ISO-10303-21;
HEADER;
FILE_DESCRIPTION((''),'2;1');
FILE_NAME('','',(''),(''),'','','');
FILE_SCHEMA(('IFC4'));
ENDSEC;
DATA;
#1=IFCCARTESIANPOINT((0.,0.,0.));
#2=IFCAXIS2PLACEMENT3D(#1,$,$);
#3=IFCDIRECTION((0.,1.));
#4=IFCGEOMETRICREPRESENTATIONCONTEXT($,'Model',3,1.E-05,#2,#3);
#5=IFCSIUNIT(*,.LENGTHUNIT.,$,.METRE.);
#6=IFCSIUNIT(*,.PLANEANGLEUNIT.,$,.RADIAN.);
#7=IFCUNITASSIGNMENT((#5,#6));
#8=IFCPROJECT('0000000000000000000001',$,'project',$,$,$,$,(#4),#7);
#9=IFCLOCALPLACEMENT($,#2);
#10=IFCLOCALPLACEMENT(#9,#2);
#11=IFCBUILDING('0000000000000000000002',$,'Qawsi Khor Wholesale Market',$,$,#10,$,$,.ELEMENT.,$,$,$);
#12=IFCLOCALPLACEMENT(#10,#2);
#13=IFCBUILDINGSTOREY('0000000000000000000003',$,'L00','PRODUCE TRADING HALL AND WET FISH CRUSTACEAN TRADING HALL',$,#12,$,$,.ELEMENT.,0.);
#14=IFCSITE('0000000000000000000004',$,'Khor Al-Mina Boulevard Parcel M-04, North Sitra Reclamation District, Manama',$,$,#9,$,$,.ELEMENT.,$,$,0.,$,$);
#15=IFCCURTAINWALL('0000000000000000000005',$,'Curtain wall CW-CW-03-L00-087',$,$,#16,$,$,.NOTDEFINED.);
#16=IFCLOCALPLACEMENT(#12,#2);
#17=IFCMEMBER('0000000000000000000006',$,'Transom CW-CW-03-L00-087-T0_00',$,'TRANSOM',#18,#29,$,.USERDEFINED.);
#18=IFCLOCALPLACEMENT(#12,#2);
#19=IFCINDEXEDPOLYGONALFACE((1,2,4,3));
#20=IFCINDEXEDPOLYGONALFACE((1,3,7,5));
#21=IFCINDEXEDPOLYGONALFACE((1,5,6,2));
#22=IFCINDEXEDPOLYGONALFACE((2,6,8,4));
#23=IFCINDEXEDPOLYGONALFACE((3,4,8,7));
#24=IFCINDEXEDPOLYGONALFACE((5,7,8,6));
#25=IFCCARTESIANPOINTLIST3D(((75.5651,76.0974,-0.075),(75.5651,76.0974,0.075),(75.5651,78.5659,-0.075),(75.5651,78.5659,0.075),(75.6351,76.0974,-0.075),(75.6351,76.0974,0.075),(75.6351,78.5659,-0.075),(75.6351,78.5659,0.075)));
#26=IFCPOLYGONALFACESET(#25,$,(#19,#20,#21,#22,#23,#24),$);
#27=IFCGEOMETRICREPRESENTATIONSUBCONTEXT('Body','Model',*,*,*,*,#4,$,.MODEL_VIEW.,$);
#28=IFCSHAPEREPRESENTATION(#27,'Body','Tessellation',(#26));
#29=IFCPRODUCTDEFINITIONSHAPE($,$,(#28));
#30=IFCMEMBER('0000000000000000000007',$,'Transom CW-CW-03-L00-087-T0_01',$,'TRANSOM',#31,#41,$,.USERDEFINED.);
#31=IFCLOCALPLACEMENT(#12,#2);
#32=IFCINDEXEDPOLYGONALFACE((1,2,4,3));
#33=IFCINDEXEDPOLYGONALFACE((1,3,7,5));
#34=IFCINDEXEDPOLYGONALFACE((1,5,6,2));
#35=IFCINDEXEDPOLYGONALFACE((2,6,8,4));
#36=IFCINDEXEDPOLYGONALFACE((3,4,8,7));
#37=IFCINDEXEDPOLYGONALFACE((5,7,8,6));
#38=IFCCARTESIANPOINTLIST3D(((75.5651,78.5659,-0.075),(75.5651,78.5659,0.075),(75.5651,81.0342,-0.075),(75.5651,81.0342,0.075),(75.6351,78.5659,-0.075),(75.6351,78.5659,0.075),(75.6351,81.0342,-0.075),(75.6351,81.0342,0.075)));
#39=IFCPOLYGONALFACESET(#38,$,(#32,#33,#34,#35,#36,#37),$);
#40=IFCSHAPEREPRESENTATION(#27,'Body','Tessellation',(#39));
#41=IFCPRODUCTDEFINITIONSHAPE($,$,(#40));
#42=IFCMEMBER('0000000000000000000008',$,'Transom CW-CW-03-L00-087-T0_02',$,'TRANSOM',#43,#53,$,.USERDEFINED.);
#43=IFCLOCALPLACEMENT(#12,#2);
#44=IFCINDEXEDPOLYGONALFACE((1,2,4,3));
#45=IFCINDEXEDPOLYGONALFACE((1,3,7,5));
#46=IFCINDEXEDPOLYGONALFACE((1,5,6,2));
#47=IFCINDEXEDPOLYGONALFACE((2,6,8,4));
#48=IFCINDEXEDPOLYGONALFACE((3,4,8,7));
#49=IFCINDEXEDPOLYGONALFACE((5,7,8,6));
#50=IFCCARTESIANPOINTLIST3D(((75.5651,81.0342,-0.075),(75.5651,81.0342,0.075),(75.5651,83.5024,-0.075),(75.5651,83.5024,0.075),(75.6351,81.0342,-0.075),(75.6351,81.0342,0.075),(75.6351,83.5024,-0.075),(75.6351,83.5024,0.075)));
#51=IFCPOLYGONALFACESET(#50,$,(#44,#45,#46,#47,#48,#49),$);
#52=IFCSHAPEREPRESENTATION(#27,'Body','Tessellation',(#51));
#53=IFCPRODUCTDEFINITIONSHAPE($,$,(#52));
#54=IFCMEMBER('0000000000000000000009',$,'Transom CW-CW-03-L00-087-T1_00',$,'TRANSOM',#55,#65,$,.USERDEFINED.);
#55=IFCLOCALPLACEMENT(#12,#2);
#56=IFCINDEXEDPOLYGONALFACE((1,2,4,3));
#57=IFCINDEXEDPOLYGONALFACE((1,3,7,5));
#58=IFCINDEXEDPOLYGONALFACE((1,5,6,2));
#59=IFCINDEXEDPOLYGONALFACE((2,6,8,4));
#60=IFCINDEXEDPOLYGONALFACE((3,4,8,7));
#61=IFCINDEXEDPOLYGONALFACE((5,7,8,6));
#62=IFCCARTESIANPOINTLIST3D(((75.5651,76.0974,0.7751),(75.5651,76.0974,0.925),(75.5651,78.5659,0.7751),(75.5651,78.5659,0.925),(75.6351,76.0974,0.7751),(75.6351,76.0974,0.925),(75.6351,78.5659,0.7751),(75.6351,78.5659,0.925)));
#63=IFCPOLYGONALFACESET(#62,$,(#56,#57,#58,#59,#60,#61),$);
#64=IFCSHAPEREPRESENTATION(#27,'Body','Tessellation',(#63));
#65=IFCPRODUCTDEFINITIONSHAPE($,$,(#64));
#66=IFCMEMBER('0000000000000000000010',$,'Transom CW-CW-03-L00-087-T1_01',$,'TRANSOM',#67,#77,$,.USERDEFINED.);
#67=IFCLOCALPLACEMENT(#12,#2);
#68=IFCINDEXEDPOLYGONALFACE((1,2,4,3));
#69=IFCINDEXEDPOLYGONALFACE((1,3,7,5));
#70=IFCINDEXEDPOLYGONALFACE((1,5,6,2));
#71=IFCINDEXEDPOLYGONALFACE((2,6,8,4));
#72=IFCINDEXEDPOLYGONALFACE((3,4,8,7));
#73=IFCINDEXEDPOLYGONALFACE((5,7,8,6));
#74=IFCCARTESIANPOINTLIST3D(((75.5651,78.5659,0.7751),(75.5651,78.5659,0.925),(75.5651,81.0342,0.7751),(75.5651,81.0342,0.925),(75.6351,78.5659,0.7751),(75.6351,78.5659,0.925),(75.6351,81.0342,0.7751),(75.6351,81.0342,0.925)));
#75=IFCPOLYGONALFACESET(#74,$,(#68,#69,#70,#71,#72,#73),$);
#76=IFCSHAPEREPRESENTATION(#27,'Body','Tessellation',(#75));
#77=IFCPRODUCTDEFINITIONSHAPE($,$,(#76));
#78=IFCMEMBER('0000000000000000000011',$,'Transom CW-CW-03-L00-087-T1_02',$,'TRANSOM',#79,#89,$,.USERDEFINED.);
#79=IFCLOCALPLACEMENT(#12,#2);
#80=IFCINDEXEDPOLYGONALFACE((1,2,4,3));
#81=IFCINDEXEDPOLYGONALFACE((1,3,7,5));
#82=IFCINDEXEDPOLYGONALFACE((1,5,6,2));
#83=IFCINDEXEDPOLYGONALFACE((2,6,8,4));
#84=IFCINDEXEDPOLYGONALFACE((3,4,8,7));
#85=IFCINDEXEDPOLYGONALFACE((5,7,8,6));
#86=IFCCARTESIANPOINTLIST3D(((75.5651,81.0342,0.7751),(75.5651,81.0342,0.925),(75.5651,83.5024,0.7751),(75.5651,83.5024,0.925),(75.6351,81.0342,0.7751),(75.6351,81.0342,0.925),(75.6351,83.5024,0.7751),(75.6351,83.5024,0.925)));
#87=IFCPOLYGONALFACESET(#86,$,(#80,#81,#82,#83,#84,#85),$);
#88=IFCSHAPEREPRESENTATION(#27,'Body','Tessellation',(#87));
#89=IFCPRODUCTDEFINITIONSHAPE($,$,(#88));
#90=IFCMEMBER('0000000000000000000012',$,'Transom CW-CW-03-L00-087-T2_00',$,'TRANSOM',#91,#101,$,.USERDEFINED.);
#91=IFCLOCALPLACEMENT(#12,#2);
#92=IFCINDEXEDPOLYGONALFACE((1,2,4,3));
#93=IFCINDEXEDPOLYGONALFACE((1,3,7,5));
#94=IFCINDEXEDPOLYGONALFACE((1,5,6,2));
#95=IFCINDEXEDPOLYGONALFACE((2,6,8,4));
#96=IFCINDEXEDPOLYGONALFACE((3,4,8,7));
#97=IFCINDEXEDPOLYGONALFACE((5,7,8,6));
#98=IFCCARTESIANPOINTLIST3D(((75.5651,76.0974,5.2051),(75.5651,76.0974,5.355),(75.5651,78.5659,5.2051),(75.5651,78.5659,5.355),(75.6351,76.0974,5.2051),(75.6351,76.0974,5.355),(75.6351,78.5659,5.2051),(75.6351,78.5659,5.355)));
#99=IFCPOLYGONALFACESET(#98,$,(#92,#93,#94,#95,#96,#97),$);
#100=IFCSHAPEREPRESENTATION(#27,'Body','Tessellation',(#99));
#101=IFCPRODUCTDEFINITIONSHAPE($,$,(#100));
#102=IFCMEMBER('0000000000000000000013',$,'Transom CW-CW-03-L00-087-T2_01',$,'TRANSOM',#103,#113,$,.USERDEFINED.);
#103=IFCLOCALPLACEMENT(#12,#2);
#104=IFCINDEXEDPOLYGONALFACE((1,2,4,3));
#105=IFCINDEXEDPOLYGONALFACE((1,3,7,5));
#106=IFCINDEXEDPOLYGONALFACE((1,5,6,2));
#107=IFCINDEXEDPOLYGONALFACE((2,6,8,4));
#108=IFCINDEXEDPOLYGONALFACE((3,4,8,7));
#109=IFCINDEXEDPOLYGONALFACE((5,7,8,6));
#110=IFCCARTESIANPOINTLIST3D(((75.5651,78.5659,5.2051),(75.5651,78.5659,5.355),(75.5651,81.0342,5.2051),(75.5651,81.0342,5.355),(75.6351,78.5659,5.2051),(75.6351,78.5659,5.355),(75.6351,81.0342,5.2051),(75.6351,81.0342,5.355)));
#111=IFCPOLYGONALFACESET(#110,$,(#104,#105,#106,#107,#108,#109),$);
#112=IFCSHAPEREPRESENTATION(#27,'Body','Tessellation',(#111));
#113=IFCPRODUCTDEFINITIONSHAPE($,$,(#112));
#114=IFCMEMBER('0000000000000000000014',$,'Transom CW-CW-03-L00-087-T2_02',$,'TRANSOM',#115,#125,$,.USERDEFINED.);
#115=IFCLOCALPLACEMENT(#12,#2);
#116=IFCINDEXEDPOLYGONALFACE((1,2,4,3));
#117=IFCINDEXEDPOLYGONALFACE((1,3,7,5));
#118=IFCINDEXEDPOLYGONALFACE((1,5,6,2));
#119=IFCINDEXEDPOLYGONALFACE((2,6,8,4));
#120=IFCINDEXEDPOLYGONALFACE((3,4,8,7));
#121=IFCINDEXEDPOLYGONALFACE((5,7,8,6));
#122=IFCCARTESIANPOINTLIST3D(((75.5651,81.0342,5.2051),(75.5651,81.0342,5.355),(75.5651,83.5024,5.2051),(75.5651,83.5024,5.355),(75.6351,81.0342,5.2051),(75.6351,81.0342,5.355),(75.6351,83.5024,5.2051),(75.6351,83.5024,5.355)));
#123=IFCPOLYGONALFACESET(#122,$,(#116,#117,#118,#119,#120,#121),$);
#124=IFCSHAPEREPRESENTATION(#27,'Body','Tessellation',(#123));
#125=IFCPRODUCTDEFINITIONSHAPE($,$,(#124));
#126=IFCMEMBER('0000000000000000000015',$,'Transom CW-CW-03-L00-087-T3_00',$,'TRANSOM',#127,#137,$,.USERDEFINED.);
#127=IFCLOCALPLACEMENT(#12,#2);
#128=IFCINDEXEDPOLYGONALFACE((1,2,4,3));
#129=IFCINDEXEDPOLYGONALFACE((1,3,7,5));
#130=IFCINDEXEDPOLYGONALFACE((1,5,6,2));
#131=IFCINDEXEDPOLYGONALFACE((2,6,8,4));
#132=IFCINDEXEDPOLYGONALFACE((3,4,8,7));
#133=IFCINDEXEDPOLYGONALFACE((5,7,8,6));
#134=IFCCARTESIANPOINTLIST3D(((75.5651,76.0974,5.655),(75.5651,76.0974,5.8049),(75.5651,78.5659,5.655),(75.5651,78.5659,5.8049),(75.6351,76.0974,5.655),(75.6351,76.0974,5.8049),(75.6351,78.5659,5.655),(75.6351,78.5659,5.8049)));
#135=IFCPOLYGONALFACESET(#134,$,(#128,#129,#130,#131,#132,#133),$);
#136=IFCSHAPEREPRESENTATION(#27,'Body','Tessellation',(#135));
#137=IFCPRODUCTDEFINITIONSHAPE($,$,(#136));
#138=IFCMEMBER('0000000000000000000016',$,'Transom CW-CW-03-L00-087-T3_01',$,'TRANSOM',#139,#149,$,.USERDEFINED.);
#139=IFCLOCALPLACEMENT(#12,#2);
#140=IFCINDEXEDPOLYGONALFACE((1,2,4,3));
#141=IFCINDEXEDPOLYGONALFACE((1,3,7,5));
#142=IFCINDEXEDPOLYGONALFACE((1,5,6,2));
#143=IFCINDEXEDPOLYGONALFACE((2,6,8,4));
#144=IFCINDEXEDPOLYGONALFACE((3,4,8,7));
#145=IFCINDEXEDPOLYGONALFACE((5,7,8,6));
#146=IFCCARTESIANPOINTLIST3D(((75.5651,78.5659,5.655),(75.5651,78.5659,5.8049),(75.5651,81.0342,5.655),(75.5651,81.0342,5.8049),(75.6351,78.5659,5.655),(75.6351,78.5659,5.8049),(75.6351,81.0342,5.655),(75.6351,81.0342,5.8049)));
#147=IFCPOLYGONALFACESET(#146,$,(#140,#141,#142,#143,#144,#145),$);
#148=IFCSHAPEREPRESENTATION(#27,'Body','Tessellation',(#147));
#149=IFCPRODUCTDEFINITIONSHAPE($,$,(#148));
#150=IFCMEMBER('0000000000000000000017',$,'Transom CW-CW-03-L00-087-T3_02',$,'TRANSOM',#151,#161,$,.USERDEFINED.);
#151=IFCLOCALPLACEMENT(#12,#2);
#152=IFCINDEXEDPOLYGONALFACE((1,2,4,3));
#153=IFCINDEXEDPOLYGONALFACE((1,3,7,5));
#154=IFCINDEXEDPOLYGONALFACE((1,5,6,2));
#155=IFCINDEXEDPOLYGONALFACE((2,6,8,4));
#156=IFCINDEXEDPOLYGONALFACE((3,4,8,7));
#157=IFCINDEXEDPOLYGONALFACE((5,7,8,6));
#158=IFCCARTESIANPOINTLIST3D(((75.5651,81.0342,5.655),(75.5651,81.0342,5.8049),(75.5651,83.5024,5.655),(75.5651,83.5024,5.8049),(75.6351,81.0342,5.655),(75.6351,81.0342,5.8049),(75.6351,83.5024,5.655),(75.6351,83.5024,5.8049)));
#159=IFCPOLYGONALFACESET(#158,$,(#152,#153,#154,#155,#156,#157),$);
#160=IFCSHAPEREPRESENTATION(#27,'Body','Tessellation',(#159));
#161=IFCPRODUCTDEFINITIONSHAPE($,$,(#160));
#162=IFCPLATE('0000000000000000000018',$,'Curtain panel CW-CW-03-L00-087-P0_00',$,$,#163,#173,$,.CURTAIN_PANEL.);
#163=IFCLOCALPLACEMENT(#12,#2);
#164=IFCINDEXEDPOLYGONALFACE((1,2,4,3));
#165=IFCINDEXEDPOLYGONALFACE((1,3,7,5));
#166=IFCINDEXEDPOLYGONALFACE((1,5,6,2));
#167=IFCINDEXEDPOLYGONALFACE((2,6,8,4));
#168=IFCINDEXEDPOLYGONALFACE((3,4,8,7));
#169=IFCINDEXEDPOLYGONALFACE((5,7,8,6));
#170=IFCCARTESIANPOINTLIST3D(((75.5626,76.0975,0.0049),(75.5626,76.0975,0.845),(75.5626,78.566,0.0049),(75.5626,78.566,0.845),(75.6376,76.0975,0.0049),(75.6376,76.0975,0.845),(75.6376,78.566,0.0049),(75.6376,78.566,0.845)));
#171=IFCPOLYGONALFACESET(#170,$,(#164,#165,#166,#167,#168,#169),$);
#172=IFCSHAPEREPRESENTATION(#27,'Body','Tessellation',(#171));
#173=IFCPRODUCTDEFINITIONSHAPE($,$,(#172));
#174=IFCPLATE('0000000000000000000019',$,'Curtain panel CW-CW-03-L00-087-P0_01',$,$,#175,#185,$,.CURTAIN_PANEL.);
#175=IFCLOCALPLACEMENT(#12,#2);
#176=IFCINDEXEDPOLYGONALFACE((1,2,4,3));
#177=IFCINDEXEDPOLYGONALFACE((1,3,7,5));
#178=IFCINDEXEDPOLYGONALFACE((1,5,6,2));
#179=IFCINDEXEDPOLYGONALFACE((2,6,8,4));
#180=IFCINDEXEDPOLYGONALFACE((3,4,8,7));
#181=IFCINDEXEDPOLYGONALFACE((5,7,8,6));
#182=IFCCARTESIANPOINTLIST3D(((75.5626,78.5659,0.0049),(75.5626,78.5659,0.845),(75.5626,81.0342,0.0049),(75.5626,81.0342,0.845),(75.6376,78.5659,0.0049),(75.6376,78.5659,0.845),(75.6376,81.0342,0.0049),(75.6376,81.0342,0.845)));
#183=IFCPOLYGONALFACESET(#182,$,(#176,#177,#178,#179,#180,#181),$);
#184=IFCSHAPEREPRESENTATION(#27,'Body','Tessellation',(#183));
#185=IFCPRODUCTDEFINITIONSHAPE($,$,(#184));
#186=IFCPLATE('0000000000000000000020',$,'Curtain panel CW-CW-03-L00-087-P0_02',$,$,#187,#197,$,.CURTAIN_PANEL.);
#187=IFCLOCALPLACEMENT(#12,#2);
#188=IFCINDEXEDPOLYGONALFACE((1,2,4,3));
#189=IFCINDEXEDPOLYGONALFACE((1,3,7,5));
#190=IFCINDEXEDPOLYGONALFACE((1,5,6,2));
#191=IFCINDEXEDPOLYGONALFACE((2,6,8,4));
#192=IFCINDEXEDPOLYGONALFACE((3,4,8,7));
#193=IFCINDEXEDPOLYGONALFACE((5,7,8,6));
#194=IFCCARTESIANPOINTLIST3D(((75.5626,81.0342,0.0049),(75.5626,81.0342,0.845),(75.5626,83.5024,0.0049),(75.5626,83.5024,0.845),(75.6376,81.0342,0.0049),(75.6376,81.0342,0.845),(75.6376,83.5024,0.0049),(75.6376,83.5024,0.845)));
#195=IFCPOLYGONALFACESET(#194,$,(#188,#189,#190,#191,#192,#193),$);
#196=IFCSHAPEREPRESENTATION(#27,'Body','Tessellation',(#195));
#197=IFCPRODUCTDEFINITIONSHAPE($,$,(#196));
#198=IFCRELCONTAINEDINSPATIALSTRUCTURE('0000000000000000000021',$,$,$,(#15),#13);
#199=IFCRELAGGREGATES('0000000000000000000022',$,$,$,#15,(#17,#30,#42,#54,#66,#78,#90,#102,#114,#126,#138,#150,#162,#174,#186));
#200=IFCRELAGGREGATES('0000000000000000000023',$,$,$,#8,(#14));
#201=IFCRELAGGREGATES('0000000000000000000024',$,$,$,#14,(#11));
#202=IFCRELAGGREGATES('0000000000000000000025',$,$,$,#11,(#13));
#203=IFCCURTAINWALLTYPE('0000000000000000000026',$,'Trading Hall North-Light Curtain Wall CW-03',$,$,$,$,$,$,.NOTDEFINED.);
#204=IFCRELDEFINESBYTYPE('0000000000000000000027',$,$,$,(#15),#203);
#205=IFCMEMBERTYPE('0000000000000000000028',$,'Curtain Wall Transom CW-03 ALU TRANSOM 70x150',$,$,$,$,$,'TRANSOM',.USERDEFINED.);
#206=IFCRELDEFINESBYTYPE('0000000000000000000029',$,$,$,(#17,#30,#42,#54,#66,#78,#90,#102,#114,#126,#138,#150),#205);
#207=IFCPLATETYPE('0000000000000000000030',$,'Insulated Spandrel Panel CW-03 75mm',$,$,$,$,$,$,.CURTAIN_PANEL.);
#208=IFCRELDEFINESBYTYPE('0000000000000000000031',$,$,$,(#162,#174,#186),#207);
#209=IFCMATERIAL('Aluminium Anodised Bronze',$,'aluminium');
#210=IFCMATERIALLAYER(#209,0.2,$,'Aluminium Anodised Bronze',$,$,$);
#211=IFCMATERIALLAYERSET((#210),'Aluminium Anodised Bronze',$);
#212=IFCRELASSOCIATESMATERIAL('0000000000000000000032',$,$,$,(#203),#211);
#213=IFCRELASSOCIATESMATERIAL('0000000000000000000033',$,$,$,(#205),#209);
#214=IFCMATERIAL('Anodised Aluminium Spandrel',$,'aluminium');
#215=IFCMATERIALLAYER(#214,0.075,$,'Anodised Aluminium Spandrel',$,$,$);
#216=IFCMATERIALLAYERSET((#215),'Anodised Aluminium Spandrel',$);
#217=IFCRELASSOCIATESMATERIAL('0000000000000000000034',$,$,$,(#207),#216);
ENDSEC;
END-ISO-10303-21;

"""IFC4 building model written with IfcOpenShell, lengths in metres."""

from ifc_helpers import new_model, si_unit, direction, frame, frame_2d, origin, origin_2d, place, context, subcontext, project, spatial, rectangle, extrude, material, layer, layer_set, material_profile, profile_set, type_object, element, aggregate, save


model = new_model("IFC4")

# Units and contexts
model_context = context("Model", 3, precision=1e-05, world=origin(), true_north=direction((0.0, 1.0)))
body_context = subcontext(model_context, "Body", "Model", "MODEL_VIEW")
ifc_project = project(units=[si_unit("LENGTHUNIT", "METRE"), si_unit("PLANEANGLEUNIT", "RADIAN")], contexts=[model_context])

# Site, building, storey
site_placement = place(None, origin())
site = spatial("IfcSite", under=ifc_project, at=site_placement, Name="Khor Al-Mina Boulevard Parcel M-04, North Sitra Reclamation District, Manama", CompositionType="ELEMENT", RefElevation=0.0)
building_placement = place(site_placement, origin())
building = spatial("IfcBuilding", under=site, at=building_placement, Name="Qawsi Khor Wholesale Market", CompositionType="ELEMENT")
storey_placement = place(building_placement, origin())
storey = spatial("IfcBuildingStorey", under=building, at=storey_placement, Name="L00", Description="PRODUCE TRADING HALL AND WET FISH CRUSTACEAN TRADING HALL", CompositionType="ELEMENT", Elevation=0.0)

# Curtain wall, members, plates
ifc_material_1 = material(Name="Aluminium Anodised Bronze", Category="aluminium")
ifc_layer_1 = layer(ifc_material_1, 0.2, Name="Aluminium Anodised Bronze")
ifc_layer_set_1 = layer_set([ifc_layer_1], Name="Aluminium Anodised Bronze")
curtain_wall_type = type_object("IfcCurtainWallType", Name="Trading Hall North-Light Curtain Wall CW-03", PredefinedType="NOTDEFINED", material=ifc_layer_set_1)
curtain_wall_placement = place(storey_placement, origin())
curtain_wall = element("IfcCurtainWall", 1, at=curtain_wall_placement, inside=storey, type_object=curtain_wall_type, Name="Curtain wall CW-CW-03-L00-087", PredefinedType="NOTDEFINED")
ifc_material_profile_1 = material_profile(ifc_material_1, rectangle(XDim=0.0701, YDim=0.1499, at=origin_2d()), Name="ALU TRANSOM 70x150")
ifc_profile_set_1 = profile_set([ifc_material_profile_1], Name="Aluminium Anodised Bronze")
member_type_1 = type_object("IfcMemberType", Name="Curtain Wall Transom CW-03 ALU TRANSOM 70x150", ElementType="TRANSOM", PredefinedType="USERDEFINED", material=ifc_profile_set_1)
member_1_placement = place(storey_placement, frame((75.6001, 76.0974, 0.0), z_axis=(0.0, 1.0, 0.0), x_axis=(-1.0, 0.0, 0.0)))
member_1 = element("IfcMember", 2, at=member_1_placement, type_object=member_type_1, Name="Transom CW-CW-03-L00-087-T0_00", ObjectType="TRANSOM", PredefinedType="USERDEFINED", context=body_context, shape_type="SweptSolid", body=[
    extrude(rectangle(XDim=0.0701, YDim=0.1499, at=origin_2d()), origin(), (0.0, 0.0, 1.0), 2.4685),
])
member_2_placement = place(storey_placement, frame((75.6001, 78.5659, 0.0), z_axis=(0.0, 1.0, 0.0), x_axis=(-1.0, 0.0, 0.0)))
member_2 = element("IfcMember", 3, at=member_2_placement, type_object=member_type_1, Name="Transom CW-CW-03-L00-087-T0_01", ObjectType="TRANSOM", PredefinedType="USERDEFINED", context=body_context, shape_type="SweptSolid", body=[
    extrude(rectangle(XDim=0.0701, YDim=0.1499, at=origin_2d()), origin(), (0.0, 0.0, 1.0), 2.4683),
])
member_3_placement = place(storey_placement, frame((75.6001, 81.0342, 0.0), z_axis=(0.0, 1.0, 0.0), x_axis=(-1.0, 0.0, 0.0)))
member_3 = element("IfcMember", 4, at=member_3_placement, type_object=member_type_1, Name="Transom CW-CW-03-L00-087-T0_02", ObjectType="TRANSOM", PredefinedType="USERDEFINED", context=body_context, shape_type="SweptSolid", body=[
    extrude(rectangle(XDim=0.0701, YDim=0.1499, at=origin_2d()), origin(), (0.0, 0.0, 1.0), 2.4683),
])
member_4_placement = place(storey_placement, frame((75.6001, 76.0974, 0.8501), z_axis=(0.0, 1.0, 0.0), x_axis=(-1.0, 0.0, 0.0)))
member_4 = element("IfcMember", 5, at=member_4_placement, type_object=member_type_1, Name="Transom CW-CW-03-L00-087-T1_00", ObjectType="TRANSOM", PredefinedType="USERDEFINED", context=body_context, shape_type="SweptSolid", body=[
    extrude(rectangle(XDim=0.0701, YDim=0.1499, at=origin_2d()), origin(), (0.0, 0.0, 1.0), 2.4685),
])
member_5_placement = place(storey_placement, frame((75.6001, 78.5659, 0.8501), z_axis=(0.0, 1.0, 0.0), x_axis=(-1.0, 0.0, 0.0)))
member_5 = element("IfcMember", 6, at=member_5_placement, type_object=member_type_1, Name="Transom CW-CW-03-L00-087-T1_01", ObjectType="TRANSOM", PredefinedType="USERDEFINED", context=body_context, shape_type="SweptSolid", body=[
    extrude(rectangle(XDim=0.0701, YDim=0.1499, at=origin_2d()), origin(), (0.0, 0.0, 1.0), 2.4683),
])
member_6_placement = place(storey_placement, frame((75.6001, 81.0342, 0.8501), z_axis=(0.0, 1.0, 0.0), x_axis=(-1.0, 0.0, 0.0)))
member_6 = element("IfcMember", 7, at=member_6_placement, type_object=member_type_1, Name="Transom CW-CW-03-L00-087-T1_02", ObjectType="TRANSOM", PredefinedType="USERDEFINED", context=body_context, shape_type="SweptSolid", body=[
    extrude(rectangle(XDim=0.0701, YDim=0.1499, at=origin_2d()), origin(), (0.0, 0.0, 1.0), 2.4683),
])
member_7_placement = place(storey_placement, frame((75.6001, 76.0974, 5.28), z_axis=(0.0, 1.0, 0.0), x_axis=(-1.0, 0.0, 0.0)))
member_7 = element("IfcMember", 8, at=member_7_placement, type_object=member_type_1, Name="Transom CW-CW-03-L00-087-T2_00", ObjectType="TRANSOM", PredefinedType="USERDEFINED", context=body_context, shape_type="SweptSolid", body=[
    extrude(rectangle(XDim=0.0701, YDim=0.1499, at=origin_2d()), origin(), (0.0, 0.0, 1.0), 2.4685),
])
member_8_placement = place(storey_placement, frame((75.6001, 78.5659, 5.28), z_axis=(0.0, 1.0, 0.0), x_axis=(-1.0, 0.0, 0.0)))
member_8 = element("IfcMember", 9, at=member_8_placement, type_object=member_type_1, Name="Transom CW-CW-03-L00-087-T2_01", ObjectType="TRANSOM", PredefinedType="USERDEFINED", context=body_context, shape_type="SweptSolid", body=[
    extrude(rectangle(XDim=0.0701, YDim=0.1499, at=origin_2d()), origin(), (0.0, 0.0, 1.0), 2.4683),
])
member_9_placement = place(storey_placement, frame((75.6001, 81.0342, 5.28), z_axis=(0.0, 1.0, 0.0), x_axis=(-1.0, 0.0, 0.0)))
member_9 = element("IfcMember", 10, at=member_9_placement, type_object=member_type_1, Name="Transom CW-CW-03-L00-087-T2_02", ObjectType="TRANSOM", PredefinedType="USERDEFINED", context=body_context, shape_type="SweptSolid", body=[
    extrude(rectangle(XDim=0.0701, YDim=0.1499, at=origin_2d()), origin(), (0.0, 0.0, 1.0), 2.4683),
])
member_10_placement = place(storey_placement, frame((75.6001, 76.0974, 5.73), z_axis=(0.0, 1.0, 0.0), x_axis=(-1.0, 0.0, 0.0)))
member_10 = element("IfcMember", 11, at=member_10_placement, type_object=member_type_1, Name="Transom CW-CW-03-L00-087-T3_00", ObjectType="TRANSOM", PredefinedType="USERDEFINED", context=body_context, shape_type="SweptSolid", body=[
    extrude(rectangle(XDim=0.0701, YDim=0.1499, at=origin_2d()), origin(), (0.0, 0.0, 1.0), 2.4685),
])
member_11_placement = place(storey_placement, frame((75.6001, 78.5659, 5.73), z_axis=(0.0, 1.0, 0.0), x_axis=(-1.0, 0.0, 0.0)))
member_11 = element("IfcMember", 12, at=member_11_placement, type_object=member_type_1, Name="Transom CW-CW-03-L00-087-T3_01", ObjectType="TRANSOM", PredefinedType="USERDEFINED", context=body_context, shape_type="SweptSolid", body=[
    extrude(rectangle(XDim=0.0701, YDim=0.1499, at=origin_2d()), origin(), (0.0, 0.0, 1.0), 2.4683),
])
member_12_placement = place(storey_placement, frame((75.6001, 81.0342, 5.73), z_axis=(0.0, 1.0, 0.0), x_axis=(-1.0, 0.0, 0.0)))
member_12 = element("IfcMember", 13, at=member_12_placement, type_object=member_type_1, Name="Transom CW-CW-03-L00-087-T3_02", ObjectType="TRANSOM", PredefinedType="USERDEFINED", context=body_context, shape_type="SweptSolid", body=[
    extrude(rectangle(XDim=0.0701, YDim=0.1499, at=origin_2d()), origin(), (0.0, 0.0, 1.0), 2.4683),
])
ifc_material_2 = material(Name="Anodised Aluminium Spandrel", Category="aluminium")
ifc_layer_2 = layer(ifc_material_2, 0.075, Name="Anodised Aluminium Spandrel")
ifc_layer_set_2 = layer_set([ifc_layer_2], Name="Anodised Aluminium Spandrel")
plate_type_1 = type_object("IfcPlateType", Name="Insulated Spandrel Panel CW-03 75mm", PredefinedType="CURTAIN_PANEL", material=ifc_layer_set_2)
plate_1_placement = place(storey_placement, frame((75.6001, 76.0974, 0.0049), z_axis=(0.0, 0.0, 1.0), x_axis=(0.0, 1.0, 0.0)))
plate_1 = element("IfcPlate", 14, at=plate_1_placement, type_object=plate_type_1, Name="Curtain panel CW-CW-03-L00-087-P0_00", PredefinedType="CURTAIN_PANEL", context=body_context, shape_type="SweptSolid", body=[
    extrude(rectangle(XDim=2.4685, YDim=0.075, at=frame_2d((1.2344, 0.0))), origin(), (0.0, 0.0, 1.0), 0.8401),
])
plate_2_placement = place(storey_placement, frame((75.6001, 78.5659, 0.0049), z_axis=(0.0, 0.0, 1.0), x_axis=(0.0, 1.0, 0.0)))
plate_2 = element("IfcPlate", 15, at=plate_2_placement, type_object=plate_type_1, Name="Curtain panel CW-CW-03-L00-087-P0_01", PredefinedType="CURTAIN_PANEL", context=body_context, shape_type="SweptSolid", body=[
    extrude(rectangle(XDim=2.4683, YDim=0.075, at=frame_2d((1.2341, 0.0))), origin(), (0.0, 0.0, 1.0), 0.8401),
])
plate_3_placement = place(storey_placement, frame((75.6001, 81.0342, 0.0049), z_axis=(0.0, 0.0, 1.0), x_axis=(0.0, 1.0, 0.0)))
plate_3 = element("IfcPlate", 16, at=plate_3_placement, type_object=plate_type_1, Name="Curtain panel CW-CW-03-L00-087-P0_02", PredefinedType="CURTAIN_PANEL", context=body_context, shape_type="SweptSolid", body=[
    extrude(rectangle(XDim=2.4683, YDim=0.075, at=frame_2d((1.2341, 0.0))), origin(), (0.0, 0.0, 1.0), 0.8401),
])
aggregate(curtain_wall, [member_1, member_2, member_3, member_4, member_5, member_6, member_7, member_8, member_9, member_10, member_11, member_12, plate_1, plate_2, plate_3])

save(model, "model.ifc")
